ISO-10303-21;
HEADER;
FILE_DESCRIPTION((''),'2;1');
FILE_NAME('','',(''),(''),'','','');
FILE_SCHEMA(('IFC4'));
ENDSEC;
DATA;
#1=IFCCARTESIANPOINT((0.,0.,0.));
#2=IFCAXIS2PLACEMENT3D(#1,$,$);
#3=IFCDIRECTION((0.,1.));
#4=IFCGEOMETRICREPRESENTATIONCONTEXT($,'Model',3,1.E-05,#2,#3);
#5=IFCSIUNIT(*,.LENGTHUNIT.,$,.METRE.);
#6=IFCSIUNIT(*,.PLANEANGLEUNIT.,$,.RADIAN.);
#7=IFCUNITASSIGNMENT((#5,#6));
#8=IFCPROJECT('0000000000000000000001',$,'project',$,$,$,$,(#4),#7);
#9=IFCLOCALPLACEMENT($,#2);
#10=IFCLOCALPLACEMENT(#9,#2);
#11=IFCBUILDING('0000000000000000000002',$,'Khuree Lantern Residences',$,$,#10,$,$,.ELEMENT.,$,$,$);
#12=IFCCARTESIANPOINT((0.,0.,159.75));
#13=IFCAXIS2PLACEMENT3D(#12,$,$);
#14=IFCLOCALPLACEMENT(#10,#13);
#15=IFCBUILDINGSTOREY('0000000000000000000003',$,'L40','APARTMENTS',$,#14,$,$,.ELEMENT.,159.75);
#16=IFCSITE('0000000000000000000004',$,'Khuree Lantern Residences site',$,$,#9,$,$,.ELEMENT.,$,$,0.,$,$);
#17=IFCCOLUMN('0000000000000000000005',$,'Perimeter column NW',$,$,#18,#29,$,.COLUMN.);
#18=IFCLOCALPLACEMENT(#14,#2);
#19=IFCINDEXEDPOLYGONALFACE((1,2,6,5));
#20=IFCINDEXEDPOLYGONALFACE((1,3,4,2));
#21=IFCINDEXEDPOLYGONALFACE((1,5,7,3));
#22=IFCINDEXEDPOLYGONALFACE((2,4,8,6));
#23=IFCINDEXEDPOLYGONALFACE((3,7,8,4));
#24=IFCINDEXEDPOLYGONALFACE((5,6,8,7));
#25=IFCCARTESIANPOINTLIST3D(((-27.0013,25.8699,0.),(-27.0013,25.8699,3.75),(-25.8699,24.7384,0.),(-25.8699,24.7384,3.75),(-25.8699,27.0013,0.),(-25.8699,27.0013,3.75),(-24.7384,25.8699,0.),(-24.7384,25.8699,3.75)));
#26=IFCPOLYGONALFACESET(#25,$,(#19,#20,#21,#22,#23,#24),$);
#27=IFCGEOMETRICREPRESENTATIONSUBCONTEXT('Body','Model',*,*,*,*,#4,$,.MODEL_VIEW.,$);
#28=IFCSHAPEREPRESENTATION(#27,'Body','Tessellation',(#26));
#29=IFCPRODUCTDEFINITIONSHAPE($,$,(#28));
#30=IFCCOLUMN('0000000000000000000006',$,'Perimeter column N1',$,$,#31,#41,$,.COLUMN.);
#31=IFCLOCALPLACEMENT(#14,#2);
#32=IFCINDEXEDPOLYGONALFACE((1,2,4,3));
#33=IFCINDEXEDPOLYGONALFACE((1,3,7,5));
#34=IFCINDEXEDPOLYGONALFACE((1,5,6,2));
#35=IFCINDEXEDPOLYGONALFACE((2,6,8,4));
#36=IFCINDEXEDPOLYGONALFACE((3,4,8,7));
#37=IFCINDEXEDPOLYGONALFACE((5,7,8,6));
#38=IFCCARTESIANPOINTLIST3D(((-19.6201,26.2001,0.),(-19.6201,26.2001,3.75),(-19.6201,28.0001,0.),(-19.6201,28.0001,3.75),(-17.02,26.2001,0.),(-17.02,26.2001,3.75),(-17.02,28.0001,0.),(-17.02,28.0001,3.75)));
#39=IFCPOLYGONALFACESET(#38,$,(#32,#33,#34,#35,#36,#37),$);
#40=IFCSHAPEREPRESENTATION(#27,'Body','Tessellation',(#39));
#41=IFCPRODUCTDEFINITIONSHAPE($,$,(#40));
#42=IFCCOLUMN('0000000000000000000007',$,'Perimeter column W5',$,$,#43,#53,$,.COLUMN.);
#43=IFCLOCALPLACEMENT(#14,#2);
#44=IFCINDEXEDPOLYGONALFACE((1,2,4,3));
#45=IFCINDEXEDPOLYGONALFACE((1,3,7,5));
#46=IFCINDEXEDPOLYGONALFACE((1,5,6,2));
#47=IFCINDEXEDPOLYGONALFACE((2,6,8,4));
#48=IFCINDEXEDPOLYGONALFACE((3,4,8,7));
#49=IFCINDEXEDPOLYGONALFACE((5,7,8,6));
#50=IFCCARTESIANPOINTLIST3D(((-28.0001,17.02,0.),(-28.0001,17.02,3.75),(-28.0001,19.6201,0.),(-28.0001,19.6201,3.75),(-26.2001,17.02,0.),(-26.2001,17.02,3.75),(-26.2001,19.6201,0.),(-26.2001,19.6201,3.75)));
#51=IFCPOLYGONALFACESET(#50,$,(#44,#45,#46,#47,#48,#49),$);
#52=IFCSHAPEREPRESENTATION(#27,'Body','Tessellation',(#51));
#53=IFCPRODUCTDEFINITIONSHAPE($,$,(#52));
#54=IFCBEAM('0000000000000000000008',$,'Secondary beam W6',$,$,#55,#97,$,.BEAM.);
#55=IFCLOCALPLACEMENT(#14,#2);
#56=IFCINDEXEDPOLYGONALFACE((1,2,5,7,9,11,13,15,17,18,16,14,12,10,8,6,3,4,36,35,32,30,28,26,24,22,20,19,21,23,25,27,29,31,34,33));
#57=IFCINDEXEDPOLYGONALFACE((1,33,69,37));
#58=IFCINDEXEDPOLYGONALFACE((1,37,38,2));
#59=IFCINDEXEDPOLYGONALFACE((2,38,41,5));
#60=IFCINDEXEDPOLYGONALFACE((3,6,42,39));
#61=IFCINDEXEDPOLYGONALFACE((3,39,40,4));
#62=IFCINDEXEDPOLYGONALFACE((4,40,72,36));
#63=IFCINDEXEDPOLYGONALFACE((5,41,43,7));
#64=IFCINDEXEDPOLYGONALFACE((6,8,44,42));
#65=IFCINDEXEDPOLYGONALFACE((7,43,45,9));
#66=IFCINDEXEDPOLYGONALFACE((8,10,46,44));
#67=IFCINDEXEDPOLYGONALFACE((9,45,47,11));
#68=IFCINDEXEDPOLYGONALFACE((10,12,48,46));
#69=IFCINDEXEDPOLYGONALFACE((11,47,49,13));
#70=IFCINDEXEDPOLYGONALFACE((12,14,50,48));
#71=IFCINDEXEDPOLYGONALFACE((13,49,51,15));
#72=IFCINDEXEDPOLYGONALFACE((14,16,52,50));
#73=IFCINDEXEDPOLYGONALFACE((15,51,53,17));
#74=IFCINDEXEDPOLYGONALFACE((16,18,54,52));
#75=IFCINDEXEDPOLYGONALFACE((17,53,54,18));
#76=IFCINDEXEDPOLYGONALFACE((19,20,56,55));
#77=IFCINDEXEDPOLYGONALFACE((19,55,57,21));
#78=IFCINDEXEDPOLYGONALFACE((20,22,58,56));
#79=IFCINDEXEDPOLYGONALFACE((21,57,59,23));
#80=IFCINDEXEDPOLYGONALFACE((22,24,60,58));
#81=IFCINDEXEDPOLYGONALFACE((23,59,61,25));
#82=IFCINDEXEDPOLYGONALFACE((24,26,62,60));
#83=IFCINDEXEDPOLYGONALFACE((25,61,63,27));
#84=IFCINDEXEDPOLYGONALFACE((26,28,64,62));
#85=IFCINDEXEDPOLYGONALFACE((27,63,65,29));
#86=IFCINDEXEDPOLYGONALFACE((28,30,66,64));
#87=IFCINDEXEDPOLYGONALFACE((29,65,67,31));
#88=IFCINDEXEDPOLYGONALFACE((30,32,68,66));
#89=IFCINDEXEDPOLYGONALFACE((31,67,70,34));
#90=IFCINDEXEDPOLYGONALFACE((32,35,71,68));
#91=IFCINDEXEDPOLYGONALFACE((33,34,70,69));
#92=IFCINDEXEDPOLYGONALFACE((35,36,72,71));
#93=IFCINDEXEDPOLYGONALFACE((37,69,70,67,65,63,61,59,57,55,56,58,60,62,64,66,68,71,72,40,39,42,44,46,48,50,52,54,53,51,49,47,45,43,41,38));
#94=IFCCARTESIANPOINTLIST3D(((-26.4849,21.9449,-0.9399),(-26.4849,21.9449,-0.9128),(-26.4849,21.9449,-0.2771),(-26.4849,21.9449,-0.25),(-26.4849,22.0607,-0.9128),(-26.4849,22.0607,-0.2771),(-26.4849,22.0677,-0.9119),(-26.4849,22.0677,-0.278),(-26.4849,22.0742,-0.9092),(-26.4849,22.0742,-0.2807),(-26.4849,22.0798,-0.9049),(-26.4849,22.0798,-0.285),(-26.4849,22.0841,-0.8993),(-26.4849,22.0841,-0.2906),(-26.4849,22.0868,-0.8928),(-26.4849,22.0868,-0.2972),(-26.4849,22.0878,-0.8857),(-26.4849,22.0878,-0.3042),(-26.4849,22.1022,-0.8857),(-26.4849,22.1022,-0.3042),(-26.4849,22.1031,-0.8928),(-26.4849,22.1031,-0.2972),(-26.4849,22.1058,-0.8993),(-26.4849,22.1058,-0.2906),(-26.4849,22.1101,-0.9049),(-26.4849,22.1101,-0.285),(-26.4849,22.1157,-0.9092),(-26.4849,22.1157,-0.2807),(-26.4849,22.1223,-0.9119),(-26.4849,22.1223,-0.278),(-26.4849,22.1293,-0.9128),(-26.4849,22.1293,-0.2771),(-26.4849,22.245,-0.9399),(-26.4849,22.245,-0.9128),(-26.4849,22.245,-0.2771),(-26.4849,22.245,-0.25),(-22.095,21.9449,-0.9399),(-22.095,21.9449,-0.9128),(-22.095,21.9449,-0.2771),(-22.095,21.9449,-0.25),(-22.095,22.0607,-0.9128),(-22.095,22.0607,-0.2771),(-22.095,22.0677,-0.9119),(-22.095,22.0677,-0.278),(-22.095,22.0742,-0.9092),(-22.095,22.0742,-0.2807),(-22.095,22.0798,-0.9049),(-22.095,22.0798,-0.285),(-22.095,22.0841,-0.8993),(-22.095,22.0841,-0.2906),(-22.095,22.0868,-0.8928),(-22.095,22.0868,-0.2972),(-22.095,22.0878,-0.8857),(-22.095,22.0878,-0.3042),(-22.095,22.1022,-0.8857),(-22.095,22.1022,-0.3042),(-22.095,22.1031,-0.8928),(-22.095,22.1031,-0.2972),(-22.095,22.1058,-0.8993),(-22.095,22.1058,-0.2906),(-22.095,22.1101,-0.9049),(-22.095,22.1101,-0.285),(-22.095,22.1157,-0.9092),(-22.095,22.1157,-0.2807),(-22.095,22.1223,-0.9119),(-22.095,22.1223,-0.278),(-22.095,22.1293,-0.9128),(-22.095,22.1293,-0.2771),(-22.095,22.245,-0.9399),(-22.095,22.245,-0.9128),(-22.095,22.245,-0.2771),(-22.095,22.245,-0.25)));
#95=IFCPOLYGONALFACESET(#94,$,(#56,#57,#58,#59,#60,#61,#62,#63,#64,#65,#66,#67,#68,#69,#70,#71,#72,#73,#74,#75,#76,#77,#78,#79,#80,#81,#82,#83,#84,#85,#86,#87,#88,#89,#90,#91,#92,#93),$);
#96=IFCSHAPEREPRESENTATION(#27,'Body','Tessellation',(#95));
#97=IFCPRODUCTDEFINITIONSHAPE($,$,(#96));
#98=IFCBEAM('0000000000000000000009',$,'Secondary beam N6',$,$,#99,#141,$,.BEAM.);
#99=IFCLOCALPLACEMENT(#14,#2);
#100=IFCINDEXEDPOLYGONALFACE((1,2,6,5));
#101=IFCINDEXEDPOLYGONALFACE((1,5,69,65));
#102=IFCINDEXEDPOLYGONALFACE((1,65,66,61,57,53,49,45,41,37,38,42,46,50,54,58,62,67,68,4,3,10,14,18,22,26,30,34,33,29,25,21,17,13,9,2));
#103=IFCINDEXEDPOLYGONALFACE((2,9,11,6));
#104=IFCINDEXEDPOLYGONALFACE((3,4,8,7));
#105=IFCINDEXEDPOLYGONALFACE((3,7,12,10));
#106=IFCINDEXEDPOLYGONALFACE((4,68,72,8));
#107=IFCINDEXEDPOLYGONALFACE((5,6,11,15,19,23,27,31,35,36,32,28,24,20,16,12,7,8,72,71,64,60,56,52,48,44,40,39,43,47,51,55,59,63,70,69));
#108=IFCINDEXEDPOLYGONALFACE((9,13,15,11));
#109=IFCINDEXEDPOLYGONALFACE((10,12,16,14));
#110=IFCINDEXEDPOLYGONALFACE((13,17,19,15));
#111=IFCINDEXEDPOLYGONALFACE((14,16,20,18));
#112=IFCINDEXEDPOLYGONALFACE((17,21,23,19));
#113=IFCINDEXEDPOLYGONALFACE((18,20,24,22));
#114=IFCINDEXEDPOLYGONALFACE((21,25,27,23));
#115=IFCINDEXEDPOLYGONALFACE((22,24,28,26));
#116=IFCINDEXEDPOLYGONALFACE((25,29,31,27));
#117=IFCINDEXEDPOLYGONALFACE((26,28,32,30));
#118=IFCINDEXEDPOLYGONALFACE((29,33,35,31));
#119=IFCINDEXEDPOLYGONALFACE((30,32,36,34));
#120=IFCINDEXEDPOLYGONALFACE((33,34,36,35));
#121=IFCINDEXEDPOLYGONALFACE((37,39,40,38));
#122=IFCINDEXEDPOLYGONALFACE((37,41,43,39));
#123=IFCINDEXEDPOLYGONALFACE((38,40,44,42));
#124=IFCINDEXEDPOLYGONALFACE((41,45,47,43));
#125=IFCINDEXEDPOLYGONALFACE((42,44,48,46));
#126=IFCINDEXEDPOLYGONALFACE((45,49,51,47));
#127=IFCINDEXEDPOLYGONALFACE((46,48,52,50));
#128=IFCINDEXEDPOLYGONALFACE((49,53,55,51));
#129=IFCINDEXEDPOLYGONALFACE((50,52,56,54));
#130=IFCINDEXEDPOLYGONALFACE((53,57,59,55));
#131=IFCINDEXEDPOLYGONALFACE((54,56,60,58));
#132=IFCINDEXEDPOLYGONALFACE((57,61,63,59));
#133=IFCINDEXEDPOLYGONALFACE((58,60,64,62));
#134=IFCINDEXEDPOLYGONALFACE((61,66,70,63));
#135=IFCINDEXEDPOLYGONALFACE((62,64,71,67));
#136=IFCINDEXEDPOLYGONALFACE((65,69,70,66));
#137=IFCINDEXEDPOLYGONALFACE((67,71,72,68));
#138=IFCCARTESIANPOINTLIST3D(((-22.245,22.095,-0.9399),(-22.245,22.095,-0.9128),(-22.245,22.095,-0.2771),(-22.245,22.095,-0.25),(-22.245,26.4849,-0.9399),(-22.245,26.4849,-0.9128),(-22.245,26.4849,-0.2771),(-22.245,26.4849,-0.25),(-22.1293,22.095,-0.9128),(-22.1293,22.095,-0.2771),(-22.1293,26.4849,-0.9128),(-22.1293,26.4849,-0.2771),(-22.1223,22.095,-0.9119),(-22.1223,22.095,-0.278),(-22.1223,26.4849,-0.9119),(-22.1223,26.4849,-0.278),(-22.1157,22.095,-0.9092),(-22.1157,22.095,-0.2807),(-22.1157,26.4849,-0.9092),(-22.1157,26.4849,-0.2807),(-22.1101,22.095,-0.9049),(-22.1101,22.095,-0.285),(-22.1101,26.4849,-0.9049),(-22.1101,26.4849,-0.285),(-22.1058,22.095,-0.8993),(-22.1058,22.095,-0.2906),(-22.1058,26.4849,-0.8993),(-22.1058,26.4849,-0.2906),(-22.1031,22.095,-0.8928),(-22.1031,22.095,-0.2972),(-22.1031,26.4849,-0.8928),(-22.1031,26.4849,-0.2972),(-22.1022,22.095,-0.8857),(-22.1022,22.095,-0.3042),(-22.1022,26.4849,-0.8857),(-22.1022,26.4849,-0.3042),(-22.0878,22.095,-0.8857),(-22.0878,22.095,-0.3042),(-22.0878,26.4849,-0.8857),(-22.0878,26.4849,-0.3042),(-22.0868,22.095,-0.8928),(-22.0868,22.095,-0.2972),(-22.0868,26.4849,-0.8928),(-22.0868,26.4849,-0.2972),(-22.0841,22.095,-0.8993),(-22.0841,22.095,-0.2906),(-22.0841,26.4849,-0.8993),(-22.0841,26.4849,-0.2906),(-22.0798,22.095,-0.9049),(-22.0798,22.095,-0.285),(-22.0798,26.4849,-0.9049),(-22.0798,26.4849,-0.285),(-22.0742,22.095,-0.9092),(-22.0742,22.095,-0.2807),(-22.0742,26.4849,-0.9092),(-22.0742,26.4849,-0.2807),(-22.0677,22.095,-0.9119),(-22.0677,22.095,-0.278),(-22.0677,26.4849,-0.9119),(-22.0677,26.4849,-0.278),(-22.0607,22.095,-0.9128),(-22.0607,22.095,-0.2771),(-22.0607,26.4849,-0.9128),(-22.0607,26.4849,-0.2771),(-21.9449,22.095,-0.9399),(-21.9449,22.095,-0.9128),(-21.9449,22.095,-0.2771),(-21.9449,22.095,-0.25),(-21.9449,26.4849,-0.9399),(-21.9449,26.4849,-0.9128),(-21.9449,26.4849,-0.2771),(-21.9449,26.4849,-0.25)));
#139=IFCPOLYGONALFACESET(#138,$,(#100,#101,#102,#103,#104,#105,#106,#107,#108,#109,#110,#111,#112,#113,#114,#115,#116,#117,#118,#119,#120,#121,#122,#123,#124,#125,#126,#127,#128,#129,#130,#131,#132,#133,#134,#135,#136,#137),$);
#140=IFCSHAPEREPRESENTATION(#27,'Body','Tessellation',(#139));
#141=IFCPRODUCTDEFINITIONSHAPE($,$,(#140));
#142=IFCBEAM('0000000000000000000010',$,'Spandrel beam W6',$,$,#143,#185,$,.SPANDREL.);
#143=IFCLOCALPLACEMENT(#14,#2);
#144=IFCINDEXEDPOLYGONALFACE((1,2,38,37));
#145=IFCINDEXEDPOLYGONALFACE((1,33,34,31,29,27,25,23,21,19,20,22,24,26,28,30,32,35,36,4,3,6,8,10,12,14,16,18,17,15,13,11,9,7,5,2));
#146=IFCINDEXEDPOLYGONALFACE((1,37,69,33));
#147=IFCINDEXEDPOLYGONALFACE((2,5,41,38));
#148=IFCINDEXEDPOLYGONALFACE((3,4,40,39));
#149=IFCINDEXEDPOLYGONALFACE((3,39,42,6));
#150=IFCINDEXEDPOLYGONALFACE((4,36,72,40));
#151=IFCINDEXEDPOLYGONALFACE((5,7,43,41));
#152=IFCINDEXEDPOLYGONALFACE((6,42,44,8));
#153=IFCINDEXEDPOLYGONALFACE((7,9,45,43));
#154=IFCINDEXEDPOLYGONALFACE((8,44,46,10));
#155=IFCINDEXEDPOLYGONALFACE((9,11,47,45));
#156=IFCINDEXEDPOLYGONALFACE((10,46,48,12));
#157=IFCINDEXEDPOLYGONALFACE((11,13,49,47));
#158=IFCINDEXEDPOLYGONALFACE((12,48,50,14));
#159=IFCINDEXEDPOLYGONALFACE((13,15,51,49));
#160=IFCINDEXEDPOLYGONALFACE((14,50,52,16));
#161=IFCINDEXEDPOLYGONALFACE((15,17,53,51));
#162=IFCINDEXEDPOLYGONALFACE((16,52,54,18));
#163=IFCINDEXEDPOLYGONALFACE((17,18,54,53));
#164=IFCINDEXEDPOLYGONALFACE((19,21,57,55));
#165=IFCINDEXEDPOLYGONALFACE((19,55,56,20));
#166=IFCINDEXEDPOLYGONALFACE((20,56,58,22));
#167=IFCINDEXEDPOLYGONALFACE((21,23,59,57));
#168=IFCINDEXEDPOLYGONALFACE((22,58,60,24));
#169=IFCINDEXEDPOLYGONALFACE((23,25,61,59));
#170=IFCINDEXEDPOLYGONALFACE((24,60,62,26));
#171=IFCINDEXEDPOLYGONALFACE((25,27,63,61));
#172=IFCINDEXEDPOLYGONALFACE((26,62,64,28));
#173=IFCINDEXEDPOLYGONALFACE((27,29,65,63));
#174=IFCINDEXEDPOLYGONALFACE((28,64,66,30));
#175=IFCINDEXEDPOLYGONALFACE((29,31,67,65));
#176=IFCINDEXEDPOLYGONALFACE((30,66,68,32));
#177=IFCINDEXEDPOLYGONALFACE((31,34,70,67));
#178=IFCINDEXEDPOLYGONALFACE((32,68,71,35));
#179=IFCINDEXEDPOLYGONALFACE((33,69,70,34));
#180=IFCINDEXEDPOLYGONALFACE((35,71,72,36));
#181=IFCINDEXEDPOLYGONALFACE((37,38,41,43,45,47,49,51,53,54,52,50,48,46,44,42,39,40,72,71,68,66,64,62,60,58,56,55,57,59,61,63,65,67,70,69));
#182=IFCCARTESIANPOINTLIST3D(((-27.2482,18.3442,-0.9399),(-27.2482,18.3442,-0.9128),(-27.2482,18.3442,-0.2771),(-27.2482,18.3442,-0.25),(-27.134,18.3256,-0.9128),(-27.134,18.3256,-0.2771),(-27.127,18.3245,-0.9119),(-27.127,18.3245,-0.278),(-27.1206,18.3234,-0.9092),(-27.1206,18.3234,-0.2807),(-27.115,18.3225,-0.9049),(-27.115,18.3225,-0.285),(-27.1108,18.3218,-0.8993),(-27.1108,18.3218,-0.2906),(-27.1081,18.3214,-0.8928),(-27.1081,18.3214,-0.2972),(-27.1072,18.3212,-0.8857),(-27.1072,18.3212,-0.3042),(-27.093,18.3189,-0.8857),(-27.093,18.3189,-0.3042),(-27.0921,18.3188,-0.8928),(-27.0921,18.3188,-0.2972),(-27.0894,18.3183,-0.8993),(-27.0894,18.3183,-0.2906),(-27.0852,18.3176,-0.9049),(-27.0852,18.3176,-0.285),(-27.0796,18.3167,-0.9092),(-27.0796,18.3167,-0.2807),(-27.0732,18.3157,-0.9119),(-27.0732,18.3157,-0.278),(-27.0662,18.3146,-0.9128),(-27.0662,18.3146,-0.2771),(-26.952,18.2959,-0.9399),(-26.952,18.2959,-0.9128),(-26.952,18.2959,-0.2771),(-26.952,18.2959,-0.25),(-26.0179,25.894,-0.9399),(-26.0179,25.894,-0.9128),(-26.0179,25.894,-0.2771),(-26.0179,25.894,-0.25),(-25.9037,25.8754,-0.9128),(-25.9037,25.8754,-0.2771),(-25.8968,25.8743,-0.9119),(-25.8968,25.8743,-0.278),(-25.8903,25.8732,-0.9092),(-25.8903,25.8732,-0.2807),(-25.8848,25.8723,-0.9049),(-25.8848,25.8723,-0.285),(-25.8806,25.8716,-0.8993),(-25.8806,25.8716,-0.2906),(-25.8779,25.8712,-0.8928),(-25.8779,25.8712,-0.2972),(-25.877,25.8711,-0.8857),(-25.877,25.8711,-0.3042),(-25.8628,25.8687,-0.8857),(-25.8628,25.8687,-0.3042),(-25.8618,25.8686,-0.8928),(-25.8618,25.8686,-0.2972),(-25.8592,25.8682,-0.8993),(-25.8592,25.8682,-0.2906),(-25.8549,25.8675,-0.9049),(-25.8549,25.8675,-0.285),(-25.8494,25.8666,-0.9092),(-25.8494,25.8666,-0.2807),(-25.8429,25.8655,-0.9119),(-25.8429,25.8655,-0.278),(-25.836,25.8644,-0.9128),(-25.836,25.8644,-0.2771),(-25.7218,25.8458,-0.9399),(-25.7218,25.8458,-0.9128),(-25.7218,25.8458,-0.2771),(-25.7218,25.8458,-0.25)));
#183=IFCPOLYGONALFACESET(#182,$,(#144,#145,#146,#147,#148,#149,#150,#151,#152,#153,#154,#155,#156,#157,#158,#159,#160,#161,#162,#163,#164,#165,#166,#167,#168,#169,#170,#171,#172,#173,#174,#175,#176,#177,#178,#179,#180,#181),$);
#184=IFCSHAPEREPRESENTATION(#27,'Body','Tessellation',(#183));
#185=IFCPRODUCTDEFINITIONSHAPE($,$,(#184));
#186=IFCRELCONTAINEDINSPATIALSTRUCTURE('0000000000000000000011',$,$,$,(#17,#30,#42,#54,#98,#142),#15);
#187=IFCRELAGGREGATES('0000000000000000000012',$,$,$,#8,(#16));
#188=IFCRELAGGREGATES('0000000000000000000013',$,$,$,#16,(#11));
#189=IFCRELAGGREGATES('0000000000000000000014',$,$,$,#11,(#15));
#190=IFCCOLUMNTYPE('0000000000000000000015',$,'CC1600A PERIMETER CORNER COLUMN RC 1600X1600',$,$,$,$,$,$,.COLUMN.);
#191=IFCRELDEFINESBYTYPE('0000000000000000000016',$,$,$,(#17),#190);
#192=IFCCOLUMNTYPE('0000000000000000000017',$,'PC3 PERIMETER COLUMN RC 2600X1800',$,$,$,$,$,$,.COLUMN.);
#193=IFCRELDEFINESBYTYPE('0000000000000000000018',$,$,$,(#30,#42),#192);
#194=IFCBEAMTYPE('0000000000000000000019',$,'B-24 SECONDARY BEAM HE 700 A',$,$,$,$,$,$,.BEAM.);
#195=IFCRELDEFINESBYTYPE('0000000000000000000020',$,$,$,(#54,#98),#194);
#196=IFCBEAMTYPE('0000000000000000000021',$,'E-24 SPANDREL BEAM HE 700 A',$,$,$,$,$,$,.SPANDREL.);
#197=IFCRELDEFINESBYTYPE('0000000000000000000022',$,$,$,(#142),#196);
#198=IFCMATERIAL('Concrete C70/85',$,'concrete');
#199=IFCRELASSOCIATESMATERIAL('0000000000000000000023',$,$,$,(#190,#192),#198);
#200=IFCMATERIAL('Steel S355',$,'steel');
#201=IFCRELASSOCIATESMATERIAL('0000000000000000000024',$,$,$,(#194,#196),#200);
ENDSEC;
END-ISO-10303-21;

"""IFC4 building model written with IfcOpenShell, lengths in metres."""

from ifc_helpers import new_model, si_unit, direction, frame, origin, origin_2d, place, context, subcontext, project, spatial, rectangle, i_section, extrude, material, material_profile, profile_set, type_object, element, save


model = new_model("IFC4")

# Units and contexts
model_context = context("Model", 3, precision=1e-05, world=origin(), true_north=direction((0.0, 1.0)))
body_context = subcontext(model_context, "Body", "Model", "MODEL_VIEW")
ifc_project = project(units=[si_unit("LENGTHUNIT", "METRE"), si_unit("PLANEANGLEUNIT", "RADIAN")], contexts=[model_context])

# Site, building, storey
site_placement = place(None, origin())
site = spatial("IfcSite", under=ifc_project, at=site_placement, Name="Khuree Lantern Residences site", CompositionType="ELEMENT", RefElevation=0.0)
building_placement = place(site_placement, origin())
building = spatial("IfcBuilding", under=site, at=building_placement, Name="Khuree Lantern Residences", CompositionType="ELEMENT")
storey_placement = place(building_placement, frame((0.0, 0.0, 159.75)))
storey = spatial("IfcBuildingStorey", under=building, at=storey_placement, Name="L40", Description="APARTMENTS", CompositionType="ELEMENT", Elevation=159.75)

# Columns
ifc_material_1 = material(Name="Concrete C70/85", Category="concrete")
ifc_material_profile_1 = material_profile(ifc_material_1, rectangle(XDim=1.6001, YDim=1.6001, at=origin_2d()), Name="RC 1600X1600")
ifc_profile_set_1 = profile_set([ifc_material_profile_1], Name="Concrete C70/85")
column_type_1 = type_object("IfcColumnType", Name="CC1600A PERIMETER CORNER COLUMN RC 1600X1600", PredefinedType="COLUMN", material=ifc_profile_set_1)
column_placement = place(storey_placement, frame((-25.8699, 25.8699, 0.0), z_axis=(0.0, 0.0, 1.0), x_axis=(0.707107, 0.707107, 0.0)))
element("IfcColumn", 1, at=column_placement, inside=storey, type_object=column_type_1, Name="Perimeter column NW", PredefinedType="COLUMN", context=body_context, shape_type="SweptSolid", body=[
    extrude(rectangle(XDim=1.6001, YDim=1.6001, at=origin_2d()), origin(), (0.0, 0.0, 1.0), 3.75),
])
ifc_material_profile_2 = material_profile(ifc_material_1, rectangle(XDim=2.6001, YDim=1.8, at=origin_2d()), Name="RC 2600X1800")
ifc_profile_set_2 = profile_set([ifc_material_profile_2], Name="Concrete C70/85")
column_type_2 = type_object("IfcColumnType", Name="PC3 PERIMETER COLUMN RC 2600X1800", PredefinedType="COLUMN", material=ifc_profile_set_2)
for number, where, z_axis, x_axis, name in (
    (2, (-18.3201, 27.1001, 0.0), (0.0, 0.0, 1.0), (1.0, 0.0, 0.0), "Perimeter column N1"),
    (3, (-27.1001, 18.3201, 0.0), (0.0, 0.0, 1.0), (0.0, 1.0, 0.0), "Perimeter column W5"),
):
    element("IfcColumn", number, at=place(storey_placement, frame(where, z_axis=z_axis, x_axis=x_axis)), inside=storey, type_object=column_type_2, Name=name, PredefinedType="COLUMN", context=body_context, shape_type="SweptSolid", body=[
        extrude(rectangle(XDim=2.6001, YDim=1.8, at=origin_2d()), origin(), (0.0, 0.0, 1.0), 3.75),
    ])

# Beams
ifc_material_2 = material(Name="Steel S355", Category="steel")
ifc_material_profile_3 = material_profile(ifc_material_2, i_section(OverallWidth=0.3, OverallDepth=0.6899, WebThickness=0.0144, FlangeThickness=0.0271, FilletRadius=0.0271, at=origin_2d()), Name="HE 700 A")
ifc_profile_set_3 = profile_set([ifc_material_profile_3], Name="Steel S355")
beam_type_1 = type_object("IfcBeamType", Name="B-24 SECONDARY BEAM HE 700 A", PredefinedType="BEAM", material=ifc_profile_set_3)
for number, where, z_axis, x_axis, name in (
    (4, (-26.4849, 22.095, -0.595), (1.0, 0.0, 0.0), (0.0, 1.0, 0.0), "Secondary beam W6"),
    (5, (-22.095, 26.4849, -0.595), (0.0, -1.0, 0.0), (1.0, 0.0, 0.0), "Secondary beam N6"),
):
    element("IfcBeam", number, at=place(storey_placement, frame(where, z_axis=z_axis, x_axis=x_axis)), inside=storey, type_object=beam_type_1, Name=name, PredefinedType="BEAM", context=body_context, shape_type="SweptSolid", body=[
        extrude(i_section(OverallWidth=0.3, OverallDepth=0.6899, WebThickness=0.0144, FlangeThickness=0.0271, FilletRadius=0.0271, at=origin_2d()), origin(), (0.0, 0.0, 1.0), 4.3899),
    ])
ifc_material_profile_4 = material_profile(ifc_material_2, i_section(OverallWidth=0.3, OverallDepth=0.6899, WebThickness=0.0144, FlangeThickness=0.0271, FilletRadius=0.0271, at=origin_2d()), Name="HE 700 A")
ifc_profile_set_4 = profile_set([ifc_material_profile_4], Name="Steel S355")
beam_type_2 = type_object("IfcBeamType", Name="E-24 SPANDREL BEAM HE 700 A", PredefinedType="SPANDREL", material=ifc_profile_set_4)
for number, where, z_axis, x_axis, name in (
    (6, (-27.1001, 18.3201, -0.595), (0.160827, 0.986983, 0.0), (-0.986983, 0.160827, 0.0), "Spandrel beam W6"),
):
    element("IfcBeam", number, at=place(storey_placement, frame(where, z_axis=z_axis, x_axis=x_axis)), inside=storey, type_object=beam_type_2, Name=name, PredefinedType="SPANDREL", context=body_context, shape_type="SweptSolid", body=[
        extrude(i_section(OverallWidth=0.3, OverallDepth=0.6899, WebThickness=0.0144, FlangeThickness=0.0271, FilletRadius=0.0271, at=origin_2d()), origin(), (0.0, 0.0, 1.0), 7.6494),
    ])

save(model, "model.ifc")
